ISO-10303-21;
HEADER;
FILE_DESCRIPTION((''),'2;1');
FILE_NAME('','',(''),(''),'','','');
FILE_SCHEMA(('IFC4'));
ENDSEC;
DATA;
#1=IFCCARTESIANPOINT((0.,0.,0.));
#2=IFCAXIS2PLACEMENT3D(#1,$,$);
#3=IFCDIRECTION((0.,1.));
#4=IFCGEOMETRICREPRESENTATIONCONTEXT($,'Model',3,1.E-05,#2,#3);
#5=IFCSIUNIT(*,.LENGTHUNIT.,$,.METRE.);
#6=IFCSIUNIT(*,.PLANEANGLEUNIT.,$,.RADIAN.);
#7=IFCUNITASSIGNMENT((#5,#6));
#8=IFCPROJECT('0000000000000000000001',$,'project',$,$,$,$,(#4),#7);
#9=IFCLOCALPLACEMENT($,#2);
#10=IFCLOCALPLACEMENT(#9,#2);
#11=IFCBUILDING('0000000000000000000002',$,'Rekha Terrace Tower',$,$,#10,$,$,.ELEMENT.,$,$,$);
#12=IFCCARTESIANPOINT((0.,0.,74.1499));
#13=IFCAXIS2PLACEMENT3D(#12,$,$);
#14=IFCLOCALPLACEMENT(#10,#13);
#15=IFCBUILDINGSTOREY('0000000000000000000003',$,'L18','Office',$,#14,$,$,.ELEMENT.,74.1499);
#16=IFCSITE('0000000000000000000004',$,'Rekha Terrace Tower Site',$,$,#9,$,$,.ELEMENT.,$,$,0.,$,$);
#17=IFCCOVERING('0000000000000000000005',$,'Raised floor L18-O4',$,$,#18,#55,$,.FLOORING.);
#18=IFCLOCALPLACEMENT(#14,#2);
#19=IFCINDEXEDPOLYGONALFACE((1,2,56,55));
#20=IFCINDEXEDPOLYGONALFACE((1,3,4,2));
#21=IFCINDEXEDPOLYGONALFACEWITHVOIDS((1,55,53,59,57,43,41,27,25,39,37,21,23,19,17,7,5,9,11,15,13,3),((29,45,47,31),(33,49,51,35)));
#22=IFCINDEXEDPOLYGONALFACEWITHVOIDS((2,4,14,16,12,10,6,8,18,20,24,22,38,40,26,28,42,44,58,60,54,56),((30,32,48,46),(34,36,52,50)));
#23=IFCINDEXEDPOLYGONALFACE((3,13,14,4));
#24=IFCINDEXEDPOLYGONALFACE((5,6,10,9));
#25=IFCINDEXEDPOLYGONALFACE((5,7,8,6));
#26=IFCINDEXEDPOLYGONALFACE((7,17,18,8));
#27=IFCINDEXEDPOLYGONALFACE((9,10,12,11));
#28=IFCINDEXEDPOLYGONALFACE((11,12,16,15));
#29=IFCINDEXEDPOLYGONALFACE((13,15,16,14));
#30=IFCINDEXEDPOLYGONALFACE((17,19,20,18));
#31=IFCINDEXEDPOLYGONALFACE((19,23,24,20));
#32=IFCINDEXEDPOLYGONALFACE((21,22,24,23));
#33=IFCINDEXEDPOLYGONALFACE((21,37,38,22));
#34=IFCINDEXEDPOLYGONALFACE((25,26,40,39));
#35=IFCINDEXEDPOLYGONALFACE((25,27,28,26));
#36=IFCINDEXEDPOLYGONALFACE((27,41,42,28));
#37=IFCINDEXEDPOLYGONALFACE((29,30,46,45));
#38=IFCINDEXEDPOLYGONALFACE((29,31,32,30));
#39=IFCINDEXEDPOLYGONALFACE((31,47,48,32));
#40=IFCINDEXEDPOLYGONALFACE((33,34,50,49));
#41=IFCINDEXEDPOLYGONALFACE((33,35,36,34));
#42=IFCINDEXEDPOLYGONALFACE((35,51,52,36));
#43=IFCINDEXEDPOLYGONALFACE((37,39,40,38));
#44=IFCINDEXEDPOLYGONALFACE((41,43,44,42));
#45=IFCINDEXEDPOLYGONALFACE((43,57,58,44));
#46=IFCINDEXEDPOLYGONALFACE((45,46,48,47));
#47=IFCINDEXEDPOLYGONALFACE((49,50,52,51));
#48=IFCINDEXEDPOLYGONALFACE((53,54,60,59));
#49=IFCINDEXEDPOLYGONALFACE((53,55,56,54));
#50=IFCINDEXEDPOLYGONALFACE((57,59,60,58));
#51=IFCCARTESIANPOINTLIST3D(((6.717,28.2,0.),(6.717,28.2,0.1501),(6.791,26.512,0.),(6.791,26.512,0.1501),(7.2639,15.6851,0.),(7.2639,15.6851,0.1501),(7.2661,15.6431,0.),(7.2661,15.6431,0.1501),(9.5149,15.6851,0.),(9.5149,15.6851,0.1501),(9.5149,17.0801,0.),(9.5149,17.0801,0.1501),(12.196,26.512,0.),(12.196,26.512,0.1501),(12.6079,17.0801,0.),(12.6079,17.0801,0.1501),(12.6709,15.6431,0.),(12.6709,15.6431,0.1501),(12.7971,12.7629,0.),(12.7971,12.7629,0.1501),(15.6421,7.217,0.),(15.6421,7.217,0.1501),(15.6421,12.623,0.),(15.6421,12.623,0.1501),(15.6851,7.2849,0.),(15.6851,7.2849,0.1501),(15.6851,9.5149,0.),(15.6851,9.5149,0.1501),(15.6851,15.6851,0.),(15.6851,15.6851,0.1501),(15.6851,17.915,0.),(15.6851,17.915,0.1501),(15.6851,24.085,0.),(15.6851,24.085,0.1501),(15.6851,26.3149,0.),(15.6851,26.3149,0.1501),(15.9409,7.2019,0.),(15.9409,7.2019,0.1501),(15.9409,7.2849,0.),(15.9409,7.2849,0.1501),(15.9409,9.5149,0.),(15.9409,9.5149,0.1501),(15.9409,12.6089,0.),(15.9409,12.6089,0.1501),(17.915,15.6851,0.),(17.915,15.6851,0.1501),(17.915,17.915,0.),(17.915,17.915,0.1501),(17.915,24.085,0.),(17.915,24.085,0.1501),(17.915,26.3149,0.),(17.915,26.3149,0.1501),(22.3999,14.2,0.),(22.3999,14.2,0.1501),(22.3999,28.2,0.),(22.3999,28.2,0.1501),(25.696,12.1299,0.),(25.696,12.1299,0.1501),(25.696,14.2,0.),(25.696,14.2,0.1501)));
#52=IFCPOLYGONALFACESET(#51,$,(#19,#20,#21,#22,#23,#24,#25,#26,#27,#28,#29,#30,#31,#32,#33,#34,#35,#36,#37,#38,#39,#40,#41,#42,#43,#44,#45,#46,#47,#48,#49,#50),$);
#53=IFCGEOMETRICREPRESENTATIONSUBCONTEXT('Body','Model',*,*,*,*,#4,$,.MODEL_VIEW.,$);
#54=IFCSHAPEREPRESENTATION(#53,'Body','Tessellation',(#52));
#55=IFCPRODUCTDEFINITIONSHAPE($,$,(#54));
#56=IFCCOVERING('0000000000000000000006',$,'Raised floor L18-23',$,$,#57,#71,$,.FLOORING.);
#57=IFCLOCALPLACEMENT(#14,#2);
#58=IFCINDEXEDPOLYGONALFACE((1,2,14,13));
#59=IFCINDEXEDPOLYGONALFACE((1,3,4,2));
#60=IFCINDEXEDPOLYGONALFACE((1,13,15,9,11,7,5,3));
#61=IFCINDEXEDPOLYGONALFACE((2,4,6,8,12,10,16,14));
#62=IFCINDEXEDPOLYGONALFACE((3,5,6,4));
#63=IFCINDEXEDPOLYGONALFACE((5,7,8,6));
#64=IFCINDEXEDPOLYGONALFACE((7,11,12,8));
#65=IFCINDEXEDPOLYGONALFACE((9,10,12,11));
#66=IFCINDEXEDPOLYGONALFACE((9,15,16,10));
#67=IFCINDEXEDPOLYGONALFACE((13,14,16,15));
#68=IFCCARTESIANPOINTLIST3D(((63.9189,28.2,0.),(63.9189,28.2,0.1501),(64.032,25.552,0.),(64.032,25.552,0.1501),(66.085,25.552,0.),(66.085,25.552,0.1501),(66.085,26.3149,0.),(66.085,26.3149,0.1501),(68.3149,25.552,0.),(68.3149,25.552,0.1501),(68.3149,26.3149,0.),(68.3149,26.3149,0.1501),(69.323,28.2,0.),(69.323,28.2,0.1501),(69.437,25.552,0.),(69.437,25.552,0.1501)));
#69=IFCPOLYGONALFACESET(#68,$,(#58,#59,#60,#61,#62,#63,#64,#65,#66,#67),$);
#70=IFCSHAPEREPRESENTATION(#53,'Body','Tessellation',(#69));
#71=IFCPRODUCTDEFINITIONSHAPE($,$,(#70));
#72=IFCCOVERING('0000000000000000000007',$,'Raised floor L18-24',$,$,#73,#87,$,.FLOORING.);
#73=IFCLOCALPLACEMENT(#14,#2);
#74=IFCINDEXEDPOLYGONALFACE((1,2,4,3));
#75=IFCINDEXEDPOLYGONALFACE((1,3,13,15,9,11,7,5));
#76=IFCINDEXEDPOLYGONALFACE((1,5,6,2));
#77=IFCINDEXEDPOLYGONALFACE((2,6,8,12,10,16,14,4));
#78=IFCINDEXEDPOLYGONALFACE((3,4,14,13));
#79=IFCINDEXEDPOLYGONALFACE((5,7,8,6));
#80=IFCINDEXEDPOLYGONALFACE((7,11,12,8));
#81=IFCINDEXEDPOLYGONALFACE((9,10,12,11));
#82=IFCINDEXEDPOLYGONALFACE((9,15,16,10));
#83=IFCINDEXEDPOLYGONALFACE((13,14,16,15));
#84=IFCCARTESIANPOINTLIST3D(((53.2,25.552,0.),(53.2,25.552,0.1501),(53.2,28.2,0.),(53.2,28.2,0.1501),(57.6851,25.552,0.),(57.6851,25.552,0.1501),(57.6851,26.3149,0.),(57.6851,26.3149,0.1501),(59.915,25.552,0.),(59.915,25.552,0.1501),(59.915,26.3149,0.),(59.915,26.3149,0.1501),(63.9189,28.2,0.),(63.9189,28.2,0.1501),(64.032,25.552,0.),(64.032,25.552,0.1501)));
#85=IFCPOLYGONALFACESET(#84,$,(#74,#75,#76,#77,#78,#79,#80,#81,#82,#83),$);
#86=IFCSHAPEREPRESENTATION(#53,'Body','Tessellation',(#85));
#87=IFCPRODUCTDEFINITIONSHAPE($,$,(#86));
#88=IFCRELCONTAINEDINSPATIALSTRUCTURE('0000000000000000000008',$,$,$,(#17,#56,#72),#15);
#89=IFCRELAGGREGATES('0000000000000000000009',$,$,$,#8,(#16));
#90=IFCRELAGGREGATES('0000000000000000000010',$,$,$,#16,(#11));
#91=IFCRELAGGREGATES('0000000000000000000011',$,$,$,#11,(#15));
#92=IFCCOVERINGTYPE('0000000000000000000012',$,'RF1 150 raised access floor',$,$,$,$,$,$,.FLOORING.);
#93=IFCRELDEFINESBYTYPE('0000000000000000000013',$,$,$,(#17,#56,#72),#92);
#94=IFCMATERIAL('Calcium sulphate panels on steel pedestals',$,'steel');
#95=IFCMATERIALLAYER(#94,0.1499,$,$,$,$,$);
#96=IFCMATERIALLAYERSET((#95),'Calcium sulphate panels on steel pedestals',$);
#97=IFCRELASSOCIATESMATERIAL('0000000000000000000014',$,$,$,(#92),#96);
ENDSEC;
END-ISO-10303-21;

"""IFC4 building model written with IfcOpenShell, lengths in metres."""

from ifc_helpers import new_model, si_unit, direction, frame, origin, place, context, subcontext, project, spatial, polyline, outline, extrude, material, layer, layer_set, type_object, element, save


model = new_model("IFC4")

# Units and contexts
model_context = context("Model", 3, precision=1e-05, world=origin(), true_north=direction((0.0, 1.0)))
body_context = subcontext(model_context, "Body", "Model", "MODEL_VIEW")
ifc_project = project(units=[si_unit("LENGTHUNIT", "METRE"), si_unit("PLANEANGLEUNIT", "RADIAN")], contexts=[model_context])

# Site, building, storey
site_placement = place(None, origin())
site = spatial("IfcSite", under=ifc_project, at=site_placement, Name="Rekha Terrace Tower Site", CompositionType="ELEMENT", RefElevation=0.0)
building_placement = place(site_placement, origin())
building = spatial("IfcBuilding", under=site, at=building_placement, Name="Rekha Terrace Tower", CompositionType="ELEMENT")
storey_placement = place(building_placement, frame((0.0, 0.0, 74.1499)))
storey = spatial("IfcBuildingStorey", under=building, at=storey_placement, Name="L18", Description="Office", CompositionType="ELEMENT", Elevation=74.1499)

# Coverings
ifc_material_1 = material(Name="Calcium sulphate panels on steel pedestals", Category="steel")
ifc_layer_1 = layer(ifc_material_1, 0.1499)
ifc_layer_set_1 = layer_set([ifc_layer_1], Name="Calcium sulphate panels on steel pedestals")
covering_type_1 = type_object("IfcCoveringType", Name="RF1 150 raised access floor", PredefinedType="FLOORING", material=ifc_layer_set_1)
covering_1_placement = place(storey_placement, origin())
element("IfcCovering", 1, at=covering_1_placement, inside=storey, type_object=covering_type_1, Name="Raised floor L18-O4", PredefinedType="FLOORING", context=body_context, shape_type="SweptSolid", body=[
    extrude(outline(polyline([(9.5149, 15.6851), (7.2639, 15.6851), (7.2661, 15.6431), (12.6709, 15.6431), (12.7971, 12.7629), (15.6421, 12.623), (15.6421, 7.217), (15.9409, 7.2019), (15.9409, 7.2849), (15.6851, 7.2849), (15.6851, 9.5149), (15.9409, 9.5149), (15.9409, 12.6089), (25.696, 12.1299), (25.696, 14.2), (22.3999, 14.2), (22.3999, 28.2), (6.717, 28.2), (6.791, 26.512), (12.196, 26.512), (12.6079, 17.0801), (9.5149, 17.0801), (9.5149, 15.6851)]), holes=[polyline([(17.915, 15.6851), (15.6851, 15.6851), (15.6851, 17.915), (17.915, 17.915), (17.915, 15.6851)]), polyline([(17.915, 24.085), (15.6851, 24.085), (15.6851, 26.3149), (17.915, 26.3149), (17.915, 24.085)])]), origin(), (0.0, 0.0, 1.0), 0.1501),
])
covering_2_placement = place(storey_placement, origin())
element("IfcCovering", 2, at=covering_2_placement, inside=storey, type_object=covering_type_1, Name="Raised floor L18-23", PredefinedType="FLOORING", context=body_context, shape_type="SweptSolid", body=[
    extrude(outline(polyline([(69.437, 25.552), (69.323, 28.2), (63.9189, 28.2), (64.032, 25.552), (66.085, 25.552), (66.085, 26.3149), (68.3149, 26.3149), (68.3149, 25.552), (69.437, 25.552)])), origin(), (0.0, 0.0, 1.0), 0.1501),
])
covering_3_placement = place(storey_placement, origin())
element("IfcCovering", 3, at=covering_3_placement, inside=storey, type_object=covering_type_1, Name="Raised floor L18-24", PredefinedType="FLOORING", context=body_context, shape_type="SweptSolid", body=[
    extrude(outline(polyline([(59.915, 26.3149), (59.915, 25.552), (64.032, 25.552), (63.9189, 28.2), (53.2, 28.2), (53.2, 25.552), (57.6851, 25.552), (57.6851, 26.3149), (59.915, 26.3149)])), origin(), (0.0, 0.0, 1.0), 0.1501),
])

save(model, "model.ifc")
